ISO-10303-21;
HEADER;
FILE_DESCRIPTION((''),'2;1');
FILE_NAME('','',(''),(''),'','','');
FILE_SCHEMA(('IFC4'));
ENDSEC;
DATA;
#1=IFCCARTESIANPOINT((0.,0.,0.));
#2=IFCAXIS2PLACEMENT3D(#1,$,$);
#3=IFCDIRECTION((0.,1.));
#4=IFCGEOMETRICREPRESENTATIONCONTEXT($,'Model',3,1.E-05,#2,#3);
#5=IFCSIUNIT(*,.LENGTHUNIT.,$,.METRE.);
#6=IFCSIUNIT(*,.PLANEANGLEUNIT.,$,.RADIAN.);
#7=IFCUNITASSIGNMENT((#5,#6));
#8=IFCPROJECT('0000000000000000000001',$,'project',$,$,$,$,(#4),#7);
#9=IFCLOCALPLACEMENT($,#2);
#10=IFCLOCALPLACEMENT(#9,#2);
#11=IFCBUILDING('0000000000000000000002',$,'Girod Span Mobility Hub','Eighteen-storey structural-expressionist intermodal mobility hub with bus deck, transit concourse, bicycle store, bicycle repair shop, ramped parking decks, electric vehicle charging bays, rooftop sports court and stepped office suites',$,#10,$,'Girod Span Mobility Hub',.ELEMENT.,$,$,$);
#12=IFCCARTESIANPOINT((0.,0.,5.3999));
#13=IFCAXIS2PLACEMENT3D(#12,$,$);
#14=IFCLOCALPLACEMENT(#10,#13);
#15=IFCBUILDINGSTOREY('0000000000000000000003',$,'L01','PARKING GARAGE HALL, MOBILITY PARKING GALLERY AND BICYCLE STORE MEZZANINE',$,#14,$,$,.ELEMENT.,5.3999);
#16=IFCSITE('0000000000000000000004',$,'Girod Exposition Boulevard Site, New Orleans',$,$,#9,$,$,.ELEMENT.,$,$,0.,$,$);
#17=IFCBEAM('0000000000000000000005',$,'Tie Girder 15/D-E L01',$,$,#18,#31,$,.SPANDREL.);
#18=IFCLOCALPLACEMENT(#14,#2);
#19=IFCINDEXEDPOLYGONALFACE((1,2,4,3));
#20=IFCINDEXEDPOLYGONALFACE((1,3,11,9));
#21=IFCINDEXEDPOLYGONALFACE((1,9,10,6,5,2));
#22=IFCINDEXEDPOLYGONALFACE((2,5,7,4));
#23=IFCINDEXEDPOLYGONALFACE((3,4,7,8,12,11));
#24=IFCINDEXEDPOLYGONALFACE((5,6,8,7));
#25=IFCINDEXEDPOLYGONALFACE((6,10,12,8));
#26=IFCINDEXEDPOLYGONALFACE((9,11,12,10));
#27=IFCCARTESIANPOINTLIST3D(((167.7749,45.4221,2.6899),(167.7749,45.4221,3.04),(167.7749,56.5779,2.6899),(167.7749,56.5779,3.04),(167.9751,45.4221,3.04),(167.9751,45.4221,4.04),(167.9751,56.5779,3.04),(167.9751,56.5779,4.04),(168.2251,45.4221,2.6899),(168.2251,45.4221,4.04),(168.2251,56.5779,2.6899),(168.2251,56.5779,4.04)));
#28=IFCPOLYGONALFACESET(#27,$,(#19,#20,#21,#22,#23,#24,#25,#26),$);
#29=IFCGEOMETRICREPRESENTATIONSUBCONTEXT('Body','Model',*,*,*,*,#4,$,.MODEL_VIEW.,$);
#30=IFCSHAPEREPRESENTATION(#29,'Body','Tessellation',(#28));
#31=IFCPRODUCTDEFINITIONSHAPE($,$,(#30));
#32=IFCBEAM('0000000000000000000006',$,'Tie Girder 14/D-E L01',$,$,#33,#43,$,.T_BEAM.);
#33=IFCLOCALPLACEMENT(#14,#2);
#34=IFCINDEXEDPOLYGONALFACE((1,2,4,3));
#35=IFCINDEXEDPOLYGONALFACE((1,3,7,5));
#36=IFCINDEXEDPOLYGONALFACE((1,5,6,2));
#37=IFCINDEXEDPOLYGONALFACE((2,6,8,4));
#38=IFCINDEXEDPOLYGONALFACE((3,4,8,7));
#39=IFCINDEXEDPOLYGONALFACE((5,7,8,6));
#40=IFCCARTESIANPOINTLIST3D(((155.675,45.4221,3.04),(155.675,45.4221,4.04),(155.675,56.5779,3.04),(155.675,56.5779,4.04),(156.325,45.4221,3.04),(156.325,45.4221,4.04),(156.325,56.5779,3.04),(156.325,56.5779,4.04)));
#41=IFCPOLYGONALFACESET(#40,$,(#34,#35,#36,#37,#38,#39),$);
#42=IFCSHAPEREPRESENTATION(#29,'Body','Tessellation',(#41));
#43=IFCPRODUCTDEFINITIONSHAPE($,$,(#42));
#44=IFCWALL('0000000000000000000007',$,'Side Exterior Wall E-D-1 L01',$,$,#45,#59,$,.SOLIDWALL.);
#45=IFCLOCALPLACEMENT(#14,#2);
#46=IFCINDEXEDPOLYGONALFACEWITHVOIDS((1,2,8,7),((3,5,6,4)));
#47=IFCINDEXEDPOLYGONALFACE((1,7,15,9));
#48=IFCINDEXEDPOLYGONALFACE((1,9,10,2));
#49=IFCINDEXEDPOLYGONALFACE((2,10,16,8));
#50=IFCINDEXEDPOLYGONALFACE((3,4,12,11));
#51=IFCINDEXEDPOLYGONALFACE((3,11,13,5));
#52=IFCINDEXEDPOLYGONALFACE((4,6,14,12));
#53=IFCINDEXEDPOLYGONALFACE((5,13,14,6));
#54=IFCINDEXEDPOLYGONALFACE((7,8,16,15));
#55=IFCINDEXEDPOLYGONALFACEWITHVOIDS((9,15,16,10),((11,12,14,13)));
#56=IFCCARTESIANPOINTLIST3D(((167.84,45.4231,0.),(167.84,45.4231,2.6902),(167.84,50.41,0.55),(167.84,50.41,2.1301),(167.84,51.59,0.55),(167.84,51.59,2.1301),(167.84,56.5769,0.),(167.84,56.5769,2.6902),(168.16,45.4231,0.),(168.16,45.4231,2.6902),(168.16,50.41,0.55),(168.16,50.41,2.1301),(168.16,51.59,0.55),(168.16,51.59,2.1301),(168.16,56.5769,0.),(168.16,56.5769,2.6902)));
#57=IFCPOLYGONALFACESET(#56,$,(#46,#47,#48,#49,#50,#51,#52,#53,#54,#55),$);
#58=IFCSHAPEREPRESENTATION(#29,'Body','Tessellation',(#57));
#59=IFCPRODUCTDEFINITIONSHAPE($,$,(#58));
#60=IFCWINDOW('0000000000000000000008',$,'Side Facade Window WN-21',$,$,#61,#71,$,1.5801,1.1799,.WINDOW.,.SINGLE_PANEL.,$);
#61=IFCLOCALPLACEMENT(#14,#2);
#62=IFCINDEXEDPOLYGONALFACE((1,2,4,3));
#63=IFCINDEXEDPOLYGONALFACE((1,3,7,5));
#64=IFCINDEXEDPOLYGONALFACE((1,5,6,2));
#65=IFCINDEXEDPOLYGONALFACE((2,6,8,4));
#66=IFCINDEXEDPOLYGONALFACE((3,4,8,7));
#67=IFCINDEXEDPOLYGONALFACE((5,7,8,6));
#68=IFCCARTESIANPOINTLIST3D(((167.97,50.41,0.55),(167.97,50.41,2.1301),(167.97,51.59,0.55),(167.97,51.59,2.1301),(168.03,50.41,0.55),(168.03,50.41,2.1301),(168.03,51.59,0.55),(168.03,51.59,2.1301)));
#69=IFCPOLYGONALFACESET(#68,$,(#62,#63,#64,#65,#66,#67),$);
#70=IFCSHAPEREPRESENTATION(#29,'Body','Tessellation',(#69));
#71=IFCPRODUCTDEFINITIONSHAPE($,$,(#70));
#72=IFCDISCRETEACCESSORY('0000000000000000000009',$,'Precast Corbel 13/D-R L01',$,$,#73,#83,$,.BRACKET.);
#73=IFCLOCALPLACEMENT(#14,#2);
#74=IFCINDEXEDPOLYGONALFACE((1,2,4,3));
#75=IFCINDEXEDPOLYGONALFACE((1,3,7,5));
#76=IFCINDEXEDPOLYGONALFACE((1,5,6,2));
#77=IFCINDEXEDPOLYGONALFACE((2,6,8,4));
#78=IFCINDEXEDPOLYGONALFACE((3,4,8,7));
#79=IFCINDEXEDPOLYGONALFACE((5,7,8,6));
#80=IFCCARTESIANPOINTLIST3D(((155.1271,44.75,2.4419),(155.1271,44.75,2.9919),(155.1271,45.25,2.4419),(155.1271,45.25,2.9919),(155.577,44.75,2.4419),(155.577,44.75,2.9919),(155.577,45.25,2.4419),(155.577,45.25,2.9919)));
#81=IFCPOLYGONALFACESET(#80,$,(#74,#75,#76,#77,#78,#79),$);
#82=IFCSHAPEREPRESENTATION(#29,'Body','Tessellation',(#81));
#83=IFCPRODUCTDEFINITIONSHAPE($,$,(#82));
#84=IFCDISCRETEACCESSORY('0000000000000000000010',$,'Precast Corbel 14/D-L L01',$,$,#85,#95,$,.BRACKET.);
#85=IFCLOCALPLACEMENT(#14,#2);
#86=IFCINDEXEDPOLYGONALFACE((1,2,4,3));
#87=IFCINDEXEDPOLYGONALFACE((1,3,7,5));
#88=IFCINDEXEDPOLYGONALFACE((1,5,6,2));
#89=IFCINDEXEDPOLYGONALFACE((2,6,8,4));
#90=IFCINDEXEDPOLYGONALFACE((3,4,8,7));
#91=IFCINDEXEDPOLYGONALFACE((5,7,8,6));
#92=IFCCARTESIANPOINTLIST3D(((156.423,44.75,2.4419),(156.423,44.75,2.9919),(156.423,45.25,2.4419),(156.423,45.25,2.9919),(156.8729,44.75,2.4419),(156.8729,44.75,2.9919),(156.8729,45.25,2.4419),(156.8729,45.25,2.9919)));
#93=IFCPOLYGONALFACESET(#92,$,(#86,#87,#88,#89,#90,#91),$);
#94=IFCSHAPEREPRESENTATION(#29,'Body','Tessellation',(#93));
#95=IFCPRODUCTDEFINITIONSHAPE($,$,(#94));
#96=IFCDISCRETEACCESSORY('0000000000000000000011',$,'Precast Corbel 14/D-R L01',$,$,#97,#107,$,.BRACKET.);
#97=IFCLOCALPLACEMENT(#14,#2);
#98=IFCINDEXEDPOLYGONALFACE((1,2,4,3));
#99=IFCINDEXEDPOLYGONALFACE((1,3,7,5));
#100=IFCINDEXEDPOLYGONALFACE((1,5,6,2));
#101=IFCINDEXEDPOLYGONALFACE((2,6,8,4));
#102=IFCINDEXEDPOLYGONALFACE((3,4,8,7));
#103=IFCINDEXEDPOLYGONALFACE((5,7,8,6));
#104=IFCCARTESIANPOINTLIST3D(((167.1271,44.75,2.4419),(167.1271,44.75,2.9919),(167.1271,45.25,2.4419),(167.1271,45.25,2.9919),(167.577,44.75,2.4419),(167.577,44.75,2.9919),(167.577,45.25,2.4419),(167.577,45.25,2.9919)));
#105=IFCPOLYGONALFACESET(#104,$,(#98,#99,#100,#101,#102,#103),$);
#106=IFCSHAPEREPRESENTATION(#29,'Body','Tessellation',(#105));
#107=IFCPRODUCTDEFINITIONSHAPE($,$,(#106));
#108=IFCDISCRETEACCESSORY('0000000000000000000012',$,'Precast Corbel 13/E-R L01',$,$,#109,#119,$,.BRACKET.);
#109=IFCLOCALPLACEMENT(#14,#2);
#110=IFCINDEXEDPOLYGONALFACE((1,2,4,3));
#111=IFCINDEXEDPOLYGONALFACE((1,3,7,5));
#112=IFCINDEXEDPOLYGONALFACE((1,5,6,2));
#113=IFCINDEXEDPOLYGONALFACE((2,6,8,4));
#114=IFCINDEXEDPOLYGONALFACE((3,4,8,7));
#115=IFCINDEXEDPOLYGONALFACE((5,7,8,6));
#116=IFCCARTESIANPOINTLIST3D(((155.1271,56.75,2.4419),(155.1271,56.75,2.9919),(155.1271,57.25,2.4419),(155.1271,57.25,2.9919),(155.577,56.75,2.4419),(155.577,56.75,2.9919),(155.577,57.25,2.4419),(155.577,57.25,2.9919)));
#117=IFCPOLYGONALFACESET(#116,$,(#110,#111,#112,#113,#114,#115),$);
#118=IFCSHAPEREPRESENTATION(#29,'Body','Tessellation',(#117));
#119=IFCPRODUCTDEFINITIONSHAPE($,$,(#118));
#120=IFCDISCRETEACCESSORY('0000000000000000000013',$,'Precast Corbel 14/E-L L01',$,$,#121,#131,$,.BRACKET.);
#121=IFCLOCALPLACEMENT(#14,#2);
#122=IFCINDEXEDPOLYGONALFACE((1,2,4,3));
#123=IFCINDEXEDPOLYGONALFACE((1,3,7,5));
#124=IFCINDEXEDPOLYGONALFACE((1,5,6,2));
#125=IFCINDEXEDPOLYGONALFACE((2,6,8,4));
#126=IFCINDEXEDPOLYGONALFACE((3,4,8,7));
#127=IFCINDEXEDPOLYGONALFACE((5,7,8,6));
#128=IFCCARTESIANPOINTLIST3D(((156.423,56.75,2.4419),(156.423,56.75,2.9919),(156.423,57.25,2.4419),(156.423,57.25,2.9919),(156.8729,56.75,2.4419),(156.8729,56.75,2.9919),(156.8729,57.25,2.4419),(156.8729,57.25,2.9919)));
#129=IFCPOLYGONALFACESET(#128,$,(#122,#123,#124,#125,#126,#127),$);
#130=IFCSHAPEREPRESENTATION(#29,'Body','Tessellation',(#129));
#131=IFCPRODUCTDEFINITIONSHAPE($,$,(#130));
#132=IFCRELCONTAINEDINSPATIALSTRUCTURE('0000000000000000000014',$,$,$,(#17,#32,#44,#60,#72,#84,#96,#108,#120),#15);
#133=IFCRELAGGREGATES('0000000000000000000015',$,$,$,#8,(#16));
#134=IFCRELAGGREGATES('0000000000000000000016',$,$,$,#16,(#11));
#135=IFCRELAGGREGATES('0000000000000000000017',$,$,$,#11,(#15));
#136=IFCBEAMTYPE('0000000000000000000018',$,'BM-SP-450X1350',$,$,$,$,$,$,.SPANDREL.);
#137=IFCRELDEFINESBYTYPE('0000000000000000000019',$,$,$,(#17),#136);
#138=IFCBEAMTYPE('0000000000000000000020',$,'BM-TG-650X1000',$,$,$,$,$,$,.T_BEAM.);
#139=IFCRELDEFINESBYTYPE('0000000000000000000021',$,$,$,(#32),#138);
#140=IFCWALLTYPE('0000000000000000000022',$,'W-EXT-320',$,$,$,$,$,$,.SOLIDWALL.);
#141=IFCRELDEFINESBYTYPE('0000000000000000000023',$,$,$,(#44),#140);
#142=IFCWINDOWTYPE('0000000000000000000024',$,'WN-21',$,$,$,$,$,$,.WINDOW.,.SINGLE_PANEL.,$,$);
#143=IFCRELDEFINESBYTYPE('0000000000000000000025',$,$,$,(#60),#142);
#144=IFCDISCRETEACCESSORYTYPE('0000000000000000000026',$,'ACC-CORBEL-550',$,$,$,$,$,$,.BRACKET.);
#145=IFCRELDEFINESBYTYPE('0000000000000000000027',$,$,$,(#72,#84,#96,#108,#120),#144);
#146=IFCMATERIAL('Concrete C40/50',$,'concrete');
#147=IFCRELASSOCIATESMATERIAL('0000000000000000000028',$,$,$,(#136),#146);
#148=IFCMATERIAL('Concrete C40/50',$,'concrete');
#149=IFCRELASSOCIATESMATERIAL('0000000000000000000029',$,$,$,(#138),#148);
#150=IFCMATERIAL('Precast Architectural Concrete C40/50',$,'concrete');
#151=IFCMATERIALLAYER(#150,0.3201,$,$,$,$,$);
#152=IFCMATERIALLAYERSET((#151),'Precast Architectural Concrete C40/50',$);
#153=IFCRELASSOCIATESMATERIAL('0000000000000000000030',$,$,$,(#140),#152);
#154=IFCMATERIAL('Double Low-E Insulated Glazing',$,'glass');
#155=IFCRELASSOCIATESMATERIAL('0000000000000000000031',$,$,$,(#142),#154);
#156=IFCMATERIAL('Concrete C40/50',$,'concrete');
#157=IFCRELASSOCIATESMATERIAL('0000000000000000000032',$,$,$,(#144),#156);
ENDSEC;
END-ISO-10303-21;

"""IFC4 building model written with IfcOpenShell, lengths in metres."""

from ifc_helpers import new_model, si_unit, direction, frame, frame_2d, origin, origin_2d, place, context, subcontext, project, spatial, polyline, rectangle, outline, extrude, material, layer, layer_set, material_profile, profile_set, type_object, element, fill, save


model = new_model("IFC4")

# Units and contexts
model_context = context("Model", 3, precision=1e-05, world=origin(), true_north=direction((0.0, 1.0)))
body_context = subcontext(model_context, "Body", "Model", "MODEL_VIEW")
ifc_project = project(units=[si_unit("LENGTHUNIT", "METRE"), si_unit("PLANEANGLEUNIT", "RADIAN")], contexts=[model_context])

# Site, building, storey
site_placement = place(None, origin())
site = spatial("IfcSite", under=ifc_project, at=site_placement, Name="Girod Exposition Boulevard Site, New Orleans", CompositionType="ELEMENT", RefElevation=0.0)
building_placement = place(site_placement, origin())
building = spatial("IfcBuilding", under=site, at=building_placement, Name="Girod Span Mobility Hub", Description="Eighteen-storey structural-expressionist intermodal mobility hub with bus deck, transit concourse, bicycle store, bicycle repair shop, ramped parking decks, electric vehicle charging bays, rooftop sports court and stepped office suites", LongName="Girod Span Mobility Hub", CompositionType="ELEMENT")
storey_placement = place(building_placement, frame((0.0, 0.0, 5.3999)))
storey = spatial("IfcBuildingStorey", under=building, at=storey_placement, Name="L01", Description="PARKING GARAGE HALL, MOBILITY PARKING GALLERY AND BICYCLE STORE MEZZANINE", CompositionType="ELEMENT", Elevation=5.3999)

# Beams
ifc_material_1 = material(Name="Concrete C40/50", Category="concrete")
ifc_material_profile_1 = material_profile(ifc_material_1, outline(polyline([(-0.2251, -0.675), (0.2251, -0.675), (0.2251, -0.325), (0.0249, -0.325), (0.0249, 0.675), (-0.2251, 0.675), (-0.2251, -0.675)])), Name="SP-450X1350")
ifc_profile_set_1 = profile_set([ifc_material_profile_1], Name="Concrete C40/50")
beam_type_1 = type_object("IfcBeamType", Name="BM-SP-450X1350", PredefinedType="SPANDREL", material=ifc_profile_set_1)
beam_1_placement = place(storey_placement, frame((168.0, 45.4221, 3.365), z_axis=(0.0, 1.0, 0.0), x_axis=(-1.0, 0.0, 0.0)))
element("IfcBeam", 1, at=beam_1_placement, inside=storey, type_object=beam_type_1, Name="Tie Girder 15/D-E L01", PredefinedType="SPANDREL", context=body_context, shape_type="SweptSolid", body=[
    extrude(outline(polyline([(-0.2251, -0.675), (0.2251, -0.675), (0.2251, -0.325), (0.0249, -0.325), (0.0249, 0.675), (-0.2251, 0.675), (-0.2251, -0.675)])), origin(), (0.0, 0.0, 1.0), 11.1558),
])
ifc_material_2 = material(Name="Concrete C40/50", Category="concrete")
ifc_material_profile_2 = material_profile(ifc_material_2, rectangle(XDim=0.6499, YDim=1.0, at=origin_2d()), Name="TG-650X1000")
ifc_profile_set_2 = profile_set([ifc_material_profile_2], Name="Concrete C40/50")
beam_type_2 = type_object("IfcBeamType", Name="BM-TG-650X1000", PredefinedType="T_BEAM", material=ifc_profile_set_2)
beam_2_placement = place(storey_placement, frame((156.0, 45.4221, 3.54), z_axis=(0.0, 1.0, 0.0), x_axis=(-1.0, 0.0, 0.0)))
element("IfcBeam", 2, at=beam_2_placement, inside=storey, type_object=beam_type_2, Name="Tie Girder 14/D-E L01", PredefinedType="T_BEAM", context=body_context, shape_type="SweptSolid", body=[
    extrude(rectangle(XDim=0.6499, YDim=1.0, at=origin_2d()), origin(), (0.0, 0.0, 1.0), 11.1558),
])

# Wall, opening, window
ifc_material_3 = material(Name="Precast Architectural Concrete C40/50", Category="concrete")
ifc_layer = layer(ifc_material_3, 0.3201)
ifc_layer_set = layer_set([ifc_layer], Name="Precast Architectural Concrete C40/50")
wall_type = type_object("IfcWallType", Name="W-EXT-320", PredefinedType="SOLIDWALL", material=ifc_layer_set)
wall_placement = place(storey_placement, frame((168.0, 45.4231, 0.0), z_axis=(0.0, 0.0, 1.0), x_axis=(0.0, 1.0, 0.0)))
wall = element("IfcWall", 3, at=wall_placement, inside=storey, type_object=wall_type, Name="Side Exterior Wall E-D-1 L01", PredefinedType="SOLIDWALL", context=body_context, shape_type="SweptSolid", body=[
    extrude(rectangle(XDim=11.1538, YDim=0.3201, at=frame_2d((5.5769, 0.0))), origin(), (0.0, 0.0, 1.0), 2.6902),
])
opening_placement = place(wall_placement, frame((4.9871, 0.0, 0.55)))
opening = element("IfcOpeningElement", 4, at=opening_placement, cuts=wall, PredefinedType="OPENING", context=body_context, shape_type="SweptSolid", body=[
    extrude(rectangle(XDim=1.1799, YDim=1.5801, at=frame_2d((0.5898, 0.79))), frame((0.0, 0.175, 0.0), z_axis=(0.0, -1.0, 0.0), x_axis=(1.0, 0.0, 0.0)), (0.0, 0.0, 1.0), 0.3501),
])
ifc_material_4 = material(Name="Double Low-E Insulated Glazing", Category="glass")
window_type = type_object("IfcWindowType", Name="WN-21", PartitioningType="SINGLE_PANEL", PredefinedType="WINDOW", material=ifc_material_4)
window_placement = place(opening_placement, origin())
window = element("IfcWindow", 5, at=window_placement, inside=storey, type_object=window_type, Name="Side Facade Window WN-21", OverallHeight=1.5801, OverallWidth=1.1799, PartitioningType="SINGLE_PANEL", PredefinedType="WINDOW", context=body_context, shape_type="SweptSolid", body=[
    extrude(rectangle(XDim=1.1799, YDim=1.5801, at=frame_2d((0.5898, 0.79))), frame((0.0, 0.03, 0.0), z_axis=(0.0, -1.0, 0.0), x_axis=(1.0, 0.0, 0.0)), (0.0, 0.0, 1.0), 0.0601),
])
fill(opening, window)

# Discrete accessories
ifc_material_5 = material(Name="Concrete C40/50", Category="concrete")
discrete_accessory_type = type_object("IfcDiscreteAccessoryType", Name="ACC-CORBEL-550", PredefinedType="BRACKET", material=ifc_material_5)
for number, where, z_axis, x_axis, name in (
    (6, (155.3521, 45.0, 2.4419), (0.0, 0.0, 1.0), (1.0, 0.0, 0.0), "Precast Corbel 13/D-R L01"),
    (7, (156.6479, 45.0, 2.4419), (0.0, 0.0, 1.0), (1.0, 0.0, 0.0), "Precast Corbel 14/D-L L01"),
    (8, (167.3521, 45.0, 2.4419), (0.0, 0.0, 1.0), (1.0, 0.0, 0.0), "Precast Corbel 14/D-R L01"),
    (9, (155.3521, 57.0, 2.4419), (0.0, 0.0, 1.0), (1.0, 0.0, 0.0), "Precast Corbel 13/E-R L01"),
    (10, (156.6479, 57.0, 2.4419), (0.0, 0.0, 1.0), (1.0, 0.0, 0.0), "Precast Corbel 14/E-L L01"),
):
    element("IfcDiscreteAccessory", number, at=place(storey_placement, frame(where, z_axis=z_axis, x_axis=x_axis)), inside=storey, type_object=discrete_accessory_type, Name=name, PredefinedType="BRACKET", context=body_context, shape_type="SweptSolid", body=[
        extrude(rectangle(XDim=0.45, YDim=0.5, at=origin_2d()), origin(), (0.0, 0.0, 1.0), 0.55),
    ])

save(model, "model.ifc")
